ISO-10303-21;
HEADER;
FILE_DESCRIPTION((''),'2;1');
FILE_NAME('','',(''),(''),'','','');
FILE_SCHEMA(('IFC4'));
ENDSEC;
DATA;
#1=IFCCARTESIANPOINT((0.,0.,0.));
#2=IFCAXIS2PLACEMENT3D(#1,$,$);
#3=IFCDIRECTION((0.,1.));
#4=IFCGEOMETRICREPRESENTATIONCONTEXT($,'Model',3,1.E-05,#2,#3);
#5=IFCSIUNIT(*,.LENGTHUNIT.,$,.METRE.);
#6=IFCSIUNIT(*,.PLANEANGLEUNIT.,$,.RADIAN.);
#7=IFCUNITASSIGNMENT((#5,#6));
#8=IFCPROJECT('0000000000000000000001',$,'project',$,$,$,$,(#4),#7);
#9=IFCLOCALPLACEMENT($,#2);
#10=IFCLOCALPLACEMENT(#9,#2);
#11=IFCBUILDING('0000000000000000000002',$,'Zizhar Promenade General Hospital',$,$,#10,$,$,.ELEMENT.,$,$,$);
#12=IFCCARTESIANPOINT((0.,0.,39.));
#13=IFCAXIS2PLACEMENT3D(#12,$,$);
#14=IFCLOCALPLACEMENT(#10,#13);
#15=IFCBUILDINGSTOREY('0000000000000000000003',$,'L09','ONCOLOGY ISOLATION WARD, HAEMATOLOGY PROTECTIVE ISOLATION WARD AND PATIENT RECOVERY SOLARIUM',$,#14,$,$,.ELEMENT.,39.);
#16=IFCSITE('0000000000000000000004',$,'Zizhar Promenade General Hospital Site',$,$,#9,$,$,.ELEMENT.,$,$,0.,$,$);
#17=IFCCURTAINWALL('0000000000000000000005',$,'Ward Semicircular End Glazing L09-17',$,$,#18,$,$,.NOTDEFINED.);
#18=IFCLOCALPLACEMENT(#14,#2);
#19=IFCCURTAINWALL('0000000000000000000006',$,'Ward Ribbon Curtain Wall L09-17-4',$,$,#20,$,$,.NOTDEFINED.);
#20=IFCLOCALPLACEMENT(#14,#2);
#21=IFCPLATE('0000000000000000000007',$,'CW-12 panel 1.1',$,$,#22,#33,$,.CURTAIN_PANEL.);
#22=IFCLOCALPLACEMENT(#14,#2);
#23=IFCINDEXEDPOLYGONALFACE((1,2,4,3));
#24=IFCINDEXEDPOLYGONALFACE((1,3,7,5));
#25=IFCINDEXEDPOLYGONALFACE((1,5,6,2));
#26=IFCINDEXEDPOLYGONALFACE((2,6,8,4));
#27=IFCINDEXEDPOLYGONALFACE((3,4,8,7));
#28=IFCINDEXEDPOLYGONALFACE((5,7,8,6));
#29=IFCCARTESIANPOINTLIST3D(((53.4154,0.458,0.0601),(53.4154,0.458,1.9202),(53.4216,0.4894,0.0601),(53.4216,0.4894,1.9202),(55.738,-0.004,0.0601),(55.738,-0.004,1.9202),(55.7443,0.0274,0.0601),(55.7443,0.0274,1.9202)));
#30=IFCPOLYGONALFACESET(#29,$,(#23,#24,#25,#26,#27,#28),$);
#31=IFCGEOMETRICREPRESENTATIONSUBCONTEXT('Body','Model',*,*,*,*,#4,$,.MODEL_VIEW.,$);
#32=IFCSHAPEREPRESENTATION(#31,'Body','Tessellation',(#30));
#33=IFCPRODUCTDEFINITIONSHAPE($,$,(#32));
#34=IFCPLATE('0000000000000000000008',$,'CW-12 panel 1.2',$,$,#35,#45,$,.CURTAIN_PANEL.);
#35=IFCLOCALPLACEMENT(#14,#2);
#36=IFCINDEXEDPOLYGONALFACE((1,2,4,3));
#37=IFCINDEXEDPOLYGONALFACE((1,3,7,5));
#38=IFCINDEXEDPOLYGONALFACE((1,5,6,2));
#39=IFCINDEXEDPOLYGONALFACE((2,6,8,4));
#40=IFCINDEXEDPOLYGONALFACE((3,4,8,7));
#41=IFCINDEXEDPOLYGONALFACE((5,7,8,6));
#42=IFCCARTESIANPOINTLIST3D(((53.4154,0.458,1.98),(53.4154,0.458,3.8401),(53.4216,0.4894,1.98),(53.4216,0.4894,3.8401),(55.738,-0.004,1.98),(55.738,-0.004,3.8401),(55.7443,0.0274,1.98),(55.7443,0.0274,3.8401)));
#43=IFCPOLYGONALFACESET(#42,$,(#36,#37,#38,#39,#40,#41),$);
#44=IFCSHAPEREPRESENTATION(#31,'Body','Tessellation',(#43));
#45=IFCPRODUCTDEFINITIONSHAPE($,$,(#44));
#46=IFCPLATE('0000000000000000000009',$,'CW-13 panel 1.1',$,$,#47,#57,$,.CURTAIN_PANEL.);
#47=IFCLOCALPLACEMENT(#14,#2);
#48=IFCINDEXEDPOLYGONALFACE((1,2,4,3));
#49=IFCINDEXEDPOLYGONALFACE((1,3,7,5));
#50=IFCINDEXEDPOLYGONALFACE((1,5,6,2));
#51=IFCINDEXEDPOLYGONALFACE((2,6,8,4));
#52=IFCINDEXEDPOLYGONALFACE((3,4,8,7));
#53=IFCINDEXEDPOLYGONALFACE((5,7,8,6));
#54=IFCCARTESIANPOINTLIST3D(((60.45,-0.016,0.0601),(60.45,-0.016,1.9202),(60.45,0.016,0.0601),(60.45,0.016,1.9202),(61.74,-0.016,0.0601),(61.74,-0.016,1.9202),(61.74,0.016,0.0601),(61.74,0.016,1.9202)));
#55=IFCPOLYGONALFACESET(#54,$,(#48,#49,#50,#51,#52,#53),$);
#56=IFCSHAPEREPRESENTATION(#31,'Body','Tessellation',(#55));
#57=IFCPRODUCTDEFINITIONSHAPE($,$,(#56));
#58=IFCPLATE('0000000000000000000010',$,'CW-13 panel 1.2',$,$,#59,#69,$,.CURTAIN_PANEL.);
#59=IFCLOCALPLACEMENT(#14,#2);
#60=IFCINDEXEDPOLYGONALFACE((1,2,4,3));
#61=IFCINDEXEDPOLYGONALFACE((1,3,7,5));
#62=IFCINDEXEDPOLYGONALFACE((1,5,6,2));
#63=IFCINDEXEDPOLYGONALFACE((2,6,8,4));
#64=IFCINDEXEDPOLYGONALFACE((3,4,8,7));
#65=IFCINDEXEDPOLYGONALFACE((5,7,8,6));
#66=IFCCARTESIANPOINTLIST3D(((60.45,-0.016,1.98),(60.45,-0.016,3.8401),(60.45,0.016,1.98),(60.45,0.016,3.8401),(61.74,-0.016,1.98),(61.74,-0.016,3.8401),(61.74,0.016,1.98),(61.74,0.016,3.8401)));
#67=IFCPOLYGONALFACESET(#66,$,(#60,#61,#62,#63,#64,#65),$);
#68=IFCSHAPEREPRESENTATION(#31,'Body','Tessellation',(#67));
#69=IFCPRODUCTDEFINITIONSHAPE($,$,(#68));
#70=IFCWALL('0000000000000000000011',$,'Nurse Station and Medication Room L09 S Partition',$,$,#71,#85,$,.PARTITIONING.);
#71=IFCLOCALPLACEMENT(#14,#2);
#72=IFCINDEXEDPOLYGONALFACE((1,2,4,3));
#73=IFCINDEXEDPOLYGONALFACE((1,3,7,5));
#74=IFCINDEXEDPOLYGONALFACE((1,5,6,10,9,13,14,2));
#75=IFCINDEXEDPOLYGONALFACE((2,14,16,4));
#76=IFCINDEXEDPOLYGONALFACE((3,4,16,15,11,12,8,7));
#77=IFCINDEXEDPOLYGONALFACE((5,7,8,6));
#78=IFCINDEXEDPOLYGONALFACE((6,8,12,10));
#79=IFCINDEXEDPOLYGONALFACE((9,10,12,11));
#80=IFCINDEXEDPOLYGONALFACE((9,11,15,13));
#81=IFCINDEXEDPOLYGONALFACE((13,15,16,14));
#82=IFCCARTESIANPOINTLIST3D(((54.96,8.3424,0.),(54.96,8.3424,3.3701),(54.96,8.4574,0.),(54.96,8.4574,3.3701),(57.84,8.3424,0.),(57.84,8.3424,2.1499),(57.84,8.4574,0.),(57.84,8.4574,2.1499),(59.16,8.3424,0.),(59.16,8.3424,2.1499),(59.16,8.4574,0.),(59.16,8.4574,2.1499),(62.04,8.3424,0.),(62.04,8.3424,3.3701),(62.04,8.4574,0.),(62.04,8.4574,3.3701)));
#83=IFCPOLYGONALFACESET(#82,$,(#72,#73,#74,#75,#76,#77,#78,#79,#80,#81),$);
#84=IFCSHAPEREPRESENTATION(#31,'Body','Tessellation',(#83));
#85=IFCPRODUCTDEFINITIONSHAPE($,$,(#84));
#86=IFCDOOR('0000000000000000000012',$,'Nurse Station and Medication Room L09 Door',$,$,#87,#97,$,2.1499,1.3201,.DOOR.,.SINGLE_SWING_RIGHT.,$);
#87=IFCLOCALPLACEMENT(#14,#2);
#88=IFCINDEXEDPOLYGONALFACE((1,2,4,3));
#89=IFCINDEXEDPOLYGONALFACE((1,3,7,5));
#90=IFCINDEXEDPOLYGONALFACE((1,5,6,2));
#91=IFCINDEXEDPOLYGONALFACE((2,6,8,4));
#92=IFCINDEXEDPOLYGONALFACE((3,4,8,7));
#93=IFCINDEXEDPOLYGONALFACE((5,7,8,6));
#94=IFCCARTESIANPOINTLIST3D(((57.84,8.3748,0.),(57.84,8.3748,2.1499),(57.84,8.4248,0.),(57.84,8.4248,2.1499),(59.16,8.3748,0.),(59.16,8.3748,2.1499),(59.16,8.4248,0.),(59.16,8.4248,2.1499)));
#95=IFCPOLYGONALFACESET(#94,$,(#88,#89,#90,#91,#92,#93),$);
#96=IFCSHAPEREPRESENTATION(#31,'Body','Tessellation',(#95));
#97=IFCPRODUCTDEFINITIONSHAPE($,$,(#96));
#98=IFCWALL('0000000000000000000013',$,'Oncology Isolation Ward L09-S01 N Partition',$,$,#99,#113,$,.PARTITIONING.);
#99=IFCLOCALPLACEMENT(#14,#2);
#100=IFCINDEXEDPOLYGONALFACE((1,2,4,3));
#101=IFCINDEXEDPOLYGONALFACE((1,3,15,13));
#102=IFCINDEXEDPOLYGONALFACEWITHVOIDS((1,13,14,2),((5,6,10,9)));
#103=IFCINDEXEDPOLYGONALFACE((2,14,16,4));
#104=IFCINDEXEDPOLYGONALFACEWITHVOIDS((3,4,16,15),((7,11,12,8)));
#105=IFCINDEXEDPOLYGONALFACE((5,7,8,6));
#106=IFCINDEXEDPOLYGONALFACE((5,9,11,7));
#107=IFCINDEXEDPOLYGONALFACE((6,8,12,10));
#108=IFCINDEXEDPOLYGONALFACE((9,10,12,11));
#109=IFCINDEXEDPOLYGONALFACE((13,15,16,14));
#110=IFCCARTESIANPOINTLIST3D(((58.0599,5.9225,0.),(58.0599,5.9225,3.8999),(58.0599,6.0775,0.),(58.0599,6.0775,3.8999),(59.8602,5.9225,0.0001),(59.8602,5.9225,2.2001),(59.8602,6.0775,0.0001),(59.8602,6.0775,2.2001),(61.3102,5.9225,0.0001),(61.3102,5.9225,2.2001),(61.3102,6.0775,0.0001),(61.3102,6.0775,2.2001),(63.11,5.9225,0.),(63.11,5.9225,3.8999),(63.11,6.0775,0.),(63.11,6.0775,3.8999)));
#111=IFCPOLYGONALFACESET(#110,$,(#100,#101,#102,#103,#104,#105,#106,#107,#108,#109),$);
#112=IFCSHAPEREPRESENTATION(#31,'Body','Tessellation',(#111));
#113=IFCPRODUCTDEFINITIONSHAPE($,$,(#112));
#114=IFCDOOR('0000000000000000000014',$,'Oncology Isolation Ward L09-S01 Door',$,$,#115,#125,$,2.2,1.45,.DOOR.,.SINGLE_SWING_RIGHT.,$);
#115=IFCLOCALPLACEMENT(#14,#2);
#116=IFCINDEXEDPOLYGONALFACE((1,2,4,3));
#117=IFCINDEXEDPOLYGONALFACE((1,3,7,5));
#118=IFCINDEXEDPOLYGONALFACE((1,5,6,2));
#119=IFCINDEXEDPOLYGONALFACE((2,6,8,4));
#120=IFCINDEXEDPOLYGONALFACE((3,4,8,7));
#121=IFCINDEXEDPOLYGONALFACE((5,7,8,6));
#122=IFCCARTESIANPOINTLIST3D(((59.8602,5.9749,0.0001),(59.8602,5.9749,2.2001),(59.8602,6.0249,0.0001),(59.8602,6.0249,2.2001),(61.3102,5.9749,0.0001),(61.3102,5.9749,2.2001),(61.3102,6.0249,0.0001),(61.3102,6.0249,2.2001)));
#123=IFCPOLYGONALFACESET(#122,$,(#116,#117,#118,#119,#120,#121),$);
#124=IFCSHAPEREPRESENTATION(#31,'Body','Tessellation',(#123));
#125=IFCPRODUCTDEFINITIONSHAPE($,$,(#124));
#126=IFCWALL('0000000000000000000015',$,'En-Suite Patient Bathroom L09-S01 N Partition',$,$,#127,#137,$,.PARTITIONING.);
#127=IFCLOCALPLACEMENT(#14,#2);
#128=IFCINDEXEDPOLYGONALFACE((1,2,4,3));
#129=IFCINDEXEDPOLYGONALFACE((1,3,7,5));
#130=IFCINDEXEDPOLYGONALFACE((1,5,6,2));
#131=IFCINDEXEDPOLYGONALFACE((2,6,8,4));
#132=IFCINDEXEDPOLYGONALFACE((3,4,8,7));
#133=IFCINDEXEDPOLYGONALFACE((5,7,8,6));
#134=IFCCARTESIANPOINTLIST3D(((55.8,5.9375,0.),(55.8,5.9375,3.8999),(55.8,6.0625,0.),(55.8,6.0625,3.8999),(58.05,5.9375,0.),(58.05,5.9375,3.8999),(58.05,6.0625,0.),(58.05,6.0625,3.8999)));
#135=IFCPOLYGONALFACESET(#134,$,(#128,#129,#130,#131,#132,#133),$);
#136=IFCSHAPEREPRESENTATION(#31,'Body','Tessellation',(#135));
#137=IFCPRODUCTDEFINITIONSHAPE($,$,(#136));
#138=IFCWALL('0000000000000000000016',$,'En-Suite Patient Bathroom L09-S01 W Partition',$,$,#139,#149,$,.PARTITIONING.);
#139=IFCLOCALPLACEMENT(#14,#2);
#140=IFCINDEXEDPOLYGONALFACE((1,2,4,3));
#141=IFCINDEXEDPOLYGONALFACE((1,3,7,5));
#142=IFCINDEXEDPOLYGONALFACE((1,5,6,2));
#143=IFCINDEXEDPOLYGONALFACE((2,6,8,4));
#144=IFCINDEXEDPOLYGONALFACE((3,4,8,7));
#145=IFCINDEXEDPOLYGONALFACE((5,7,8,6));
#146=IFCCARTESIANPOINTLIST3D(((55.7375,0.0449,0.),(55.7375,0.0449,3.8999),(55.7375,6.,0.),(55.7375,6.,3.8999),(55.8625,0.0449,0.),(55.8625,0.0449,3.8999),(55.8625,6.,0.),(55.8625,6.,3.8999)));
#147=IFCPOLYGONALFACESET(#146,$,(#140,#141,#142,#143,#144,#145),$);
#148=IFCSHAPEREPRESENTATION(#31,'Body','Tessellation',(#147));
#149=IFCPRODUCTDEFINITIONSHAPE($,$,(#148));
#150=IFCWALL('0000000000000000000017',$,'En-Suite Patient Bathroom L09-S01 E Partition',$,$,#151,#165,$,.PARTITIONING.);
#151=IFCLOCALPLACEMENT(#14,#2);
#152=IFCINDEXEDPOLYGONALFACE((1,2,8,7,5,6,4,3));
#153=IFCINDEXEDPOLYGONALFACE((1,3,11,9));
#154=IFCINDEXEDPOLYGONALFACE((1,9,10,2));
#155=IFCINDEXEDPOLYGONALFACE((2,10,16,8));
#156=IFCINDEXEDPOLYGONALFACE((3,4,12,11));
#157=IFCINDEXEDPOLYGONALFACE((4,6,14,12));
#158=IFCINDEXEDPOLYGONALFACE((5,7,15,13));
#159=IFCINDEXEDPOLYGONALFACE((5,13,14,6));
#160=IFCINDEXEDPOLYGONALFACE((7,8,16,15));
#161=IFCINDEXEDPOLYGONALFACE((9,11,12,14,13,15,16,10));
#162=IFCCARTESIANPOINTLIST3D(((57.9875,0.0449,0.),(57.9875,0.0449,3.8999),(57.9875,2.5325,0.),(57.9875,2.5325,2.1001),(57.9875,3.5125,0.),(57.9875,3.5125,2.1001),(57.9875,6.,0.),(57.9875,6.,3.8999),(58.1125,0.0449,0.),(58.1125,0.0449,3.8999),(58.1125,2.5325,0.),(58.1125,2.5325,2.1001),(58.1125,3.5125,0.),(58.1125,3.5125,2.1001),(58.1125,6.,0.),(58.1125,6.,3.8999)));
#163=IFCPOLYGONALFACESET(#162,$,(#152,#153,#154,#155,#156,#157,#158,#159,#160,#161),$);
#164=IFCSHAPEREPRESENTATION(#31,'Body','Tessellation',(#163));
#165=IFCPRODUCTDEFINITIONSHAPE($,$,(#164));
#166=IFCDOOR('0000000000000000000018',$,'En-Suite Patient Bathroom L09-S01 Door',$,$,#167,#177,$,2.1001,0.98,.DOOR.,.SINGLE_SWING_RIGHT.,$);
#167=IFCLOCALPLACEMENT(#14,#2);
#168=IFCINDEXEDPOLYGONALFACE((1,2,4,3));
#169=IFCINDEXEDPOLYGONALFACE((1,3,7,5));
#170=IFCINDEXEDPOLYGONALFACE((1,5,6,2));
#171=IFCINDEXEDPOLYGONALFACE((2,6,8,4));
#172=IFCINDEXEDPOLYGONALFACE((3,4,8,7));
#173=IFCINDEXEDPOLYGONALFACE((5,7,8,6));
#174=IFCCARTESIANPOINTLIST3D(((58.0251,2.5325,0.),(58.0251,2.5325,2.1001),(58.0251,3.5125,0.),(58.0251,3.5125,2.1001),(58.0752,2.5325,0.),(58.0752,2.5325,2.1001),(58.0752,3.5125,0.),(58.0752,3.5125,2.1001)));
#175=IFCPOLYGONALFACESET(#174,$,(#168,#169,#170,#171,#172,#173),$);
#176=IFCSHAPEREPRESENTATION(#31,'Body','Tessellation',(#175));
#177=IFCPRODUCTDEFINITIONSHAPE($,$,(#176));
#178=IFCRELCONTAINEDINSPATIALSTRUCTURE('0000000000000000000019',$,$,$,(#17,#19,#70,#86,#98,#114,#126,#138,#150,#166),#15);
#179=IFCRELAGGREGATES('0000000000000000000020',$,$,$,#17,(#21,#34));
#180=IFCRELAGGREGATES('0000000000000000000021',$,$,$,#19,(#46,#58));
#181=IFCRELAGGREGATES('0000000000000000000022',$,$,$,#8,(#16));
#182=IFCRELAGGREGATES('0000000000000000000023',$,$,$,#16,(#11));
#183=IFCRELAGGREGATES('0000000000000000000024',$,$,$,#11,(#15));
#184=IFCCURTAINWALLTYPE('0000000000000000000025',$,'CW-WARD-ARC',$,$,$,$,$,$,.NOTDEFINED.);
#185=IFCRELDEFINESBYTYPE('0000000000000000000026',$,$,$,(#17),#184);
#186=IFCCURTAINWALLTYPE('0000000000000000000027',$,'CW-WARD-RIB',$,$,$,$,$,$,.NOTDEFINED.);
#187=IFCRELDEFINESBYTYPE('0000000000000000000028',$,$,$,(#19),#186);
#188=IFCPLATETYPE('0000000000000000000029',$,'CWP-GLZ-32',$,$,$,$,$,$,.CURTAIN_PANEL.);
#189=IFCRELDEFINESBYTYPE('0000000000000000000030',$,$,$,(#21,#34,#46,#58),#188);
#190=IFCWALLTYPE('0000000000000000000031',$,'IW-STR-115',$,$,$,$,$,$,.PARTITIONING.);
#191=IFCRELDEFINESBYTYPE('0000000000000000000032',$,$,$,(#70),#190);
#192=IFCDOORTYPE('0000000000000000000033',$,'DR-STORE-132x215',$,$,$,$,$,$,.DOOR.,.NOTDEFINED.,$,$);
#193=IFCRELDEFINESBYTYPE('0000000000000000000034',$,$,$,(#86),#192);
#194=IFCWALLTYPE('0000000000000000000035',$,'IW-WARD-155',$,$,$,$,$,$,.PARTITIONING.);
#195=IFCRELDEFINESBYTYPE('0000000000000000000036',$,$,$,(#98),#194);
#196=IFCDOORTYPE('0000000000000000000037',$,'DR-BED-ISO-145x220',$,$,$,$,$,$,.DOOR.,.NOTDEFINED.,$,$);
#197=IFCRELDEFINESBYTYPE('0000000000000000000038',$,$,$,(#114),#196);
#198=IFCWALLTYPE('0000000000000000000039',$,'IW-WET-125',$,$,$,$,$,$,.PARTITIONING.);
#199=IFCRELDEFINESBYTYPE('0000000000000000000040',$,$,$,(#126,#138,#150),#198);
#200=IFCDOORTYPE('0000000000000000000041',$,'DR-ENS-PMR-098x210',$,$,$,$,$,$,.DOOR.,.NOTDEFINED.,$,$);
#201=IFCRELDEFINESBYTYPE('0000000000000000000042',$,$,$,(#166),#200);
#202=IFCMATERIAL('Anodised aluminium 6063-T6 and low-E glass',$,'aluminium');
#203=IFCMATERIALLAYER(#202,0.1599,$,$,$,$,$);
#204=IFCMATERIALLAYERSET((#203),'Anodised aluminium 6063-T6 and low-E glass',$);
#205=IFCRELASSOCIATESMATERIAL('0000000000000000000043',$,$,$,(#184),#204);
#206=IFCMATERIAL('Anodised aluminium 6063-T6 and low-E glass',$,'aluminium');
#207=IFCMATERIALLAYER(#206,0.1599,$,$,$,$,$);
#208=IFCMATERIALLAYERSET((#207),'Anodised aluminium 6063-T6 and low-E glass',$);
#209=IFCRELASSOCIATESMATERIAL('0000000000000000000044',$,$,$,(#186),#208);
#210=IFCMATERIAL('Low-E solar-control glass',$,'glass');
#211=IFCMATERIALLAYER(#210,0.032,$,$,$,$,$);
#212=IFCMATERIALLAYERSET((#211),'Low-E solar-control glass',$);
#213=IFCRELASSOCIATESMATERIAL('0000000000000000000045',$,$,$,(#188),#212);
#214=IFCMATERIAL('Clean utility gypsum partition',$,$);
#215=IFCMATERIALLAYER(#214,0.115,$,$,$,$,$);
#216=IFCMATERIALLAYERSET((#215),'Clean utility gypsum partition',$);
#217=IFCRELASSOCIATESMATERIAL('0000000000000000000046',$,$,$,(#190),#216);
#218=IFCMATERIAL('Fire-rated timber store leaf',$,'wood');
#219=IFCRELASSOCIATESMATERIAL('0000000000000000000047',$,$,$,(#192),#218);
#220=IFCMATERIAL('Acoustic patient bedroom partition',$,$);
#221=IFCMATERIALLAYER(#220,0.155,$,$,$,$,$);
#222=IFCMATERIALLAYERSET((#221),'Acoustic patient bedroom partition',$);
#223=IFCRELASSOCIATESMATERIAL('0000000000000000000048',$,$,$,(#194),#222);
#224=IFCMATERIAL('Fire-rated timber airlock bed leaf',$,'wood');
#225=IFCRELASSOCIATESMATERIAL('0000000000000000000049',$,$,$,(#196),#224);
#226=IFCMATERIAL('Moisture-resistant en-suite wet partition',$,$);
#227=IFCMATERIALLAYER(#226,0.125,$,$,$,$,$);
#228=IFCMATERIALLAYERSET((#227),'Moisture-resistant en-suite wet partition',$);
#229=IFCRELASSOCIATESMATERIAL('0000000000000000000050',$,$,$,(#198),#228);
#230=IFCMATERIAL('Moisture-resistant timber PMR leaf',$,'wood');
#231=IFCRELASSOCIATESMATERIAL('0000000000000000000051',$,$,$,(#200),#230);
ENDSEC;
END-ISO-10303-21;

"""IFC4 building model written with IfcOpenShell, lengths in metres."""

from ifc_helpers import new_model, si_unit, direction, frame, frame_2d, origin, origin_2d, place, context, subcontext, project, spatial, rectangle, extrude, material, layer, layer_set, type_object, element, fill, aggregate, save


model = new_model("IFC4")

# Units and contexts
model_context = context("Model", 3, precision=1e-05, world=origin(), true_north=direction((0.0, 1.0)))
body_context = subcontext(model_context, "Body", "Model", "MODEL_VIEW")
ifc_project = project(units=[si_unit("LENGTHUNIT", "METRE"), si_unit("PLANEANGLEUNIT", "RADIAN")], contexts=[model_context])

# Site, building, storey
site_placement = place(None, origin())
site = spatial("IfcSite", under=ifc_project, at=site_placement, Name="Zizhar Promenade General Hospital Site", CompositionType="ELEMENT", RefElevation=0.0)
building_placement = place(site_placement, origin())
building = spatial("IfcBuilding", under=site, at=building_placement, Name="Zizhar Promenade General Hospital", CompositionType="ELEMENT")
storey_placement = place(building_placement, frame((0.0, 0.0, 39.0)))
storey = spatial("IfcBuildingStorey", under=building, at=storey_placement, Name="L09", Description="ONCOLOGY ISOLATION WARD, HAEMATOLOGY PROTECTIVE ISOLATION WARD AND PATIENT RECOVERY SOLARIUM", CompositionType="ELEMENT", Elevation=39.0)

# Curtain walls
ifc_material_1 = material(Name="Anodised aluminium 6063-T6 and low-E glass", Category="aluminium")
ifc_layer_1 = layer(ifc_material_1, 0.1599)
ifc_layer_set_1 = layer_set([ifc_layer_1], Name="Anodised aluminium 6063-T6 and low-E glass")
curtain_wall_type_1 = type_object("IfcCurtainWallType", Name="CW-WARD-ARC", PredefinedType="NOTDEFINED", material=ifc_layer_set_1)
curtain_wall_1_placement = place(storey_placement, origin())
curtain_wall_1 = element("IfcCurtainWall", 1, at=curtain_wall_1_placement, inside=storey, type_object=curtain_wall_type_1, Name="Ward Semicircular End Glazing L09-17", PredefinedType="NOTDEFINED")
ifc_material_2 = material(Name="Anodised aluminium 6063-T6 and low-E glass", Category="aluminium")
ifc_layer_2 = layer(ifc_material_2, 0.1599)
ifc_layer_set_2 = layer_set([ifc_layer_2], Name="Anodised aluminium 6063-T6 and low-E glass")
curtain_wall_type_2 = type_object("IfcCurtainWallType", Name="CW-WARD-RIB", PredefinedType="NOTDEFINED", material=ifc_layer_set_2)
curtain_wall_2_placement = place(storey_placement, origin())
curtain_wall_2 = element("IfcCurtainWall", 2, at=curtain_wall_2_placement, inside=storey, type_object=curtain_wall_type_2, Name="Ward Ribbon Curtain Wall L09-17-4", PredefinedType="NOTDEFINED")

# Plates
ifc_material_3 = material(Name="Low-E solar-control glass", Category="glass")
ifc_layer_3 = layer(ifc_material_3, 0.032)
ifc_layer_set_3 = layer_set([ifc_layer_3], Name="Low-E solar-control glass")
plate_type = type_object("IfcPlateType", Name="CWP-GLZ-32", PredefinedType="CURTAIN_PANEL", material=ifc_layer_set_3)
plate_1_placement = place(storey_placement, frame((54.5798, 0.2427, 0.0601), z_axis=(0.0, 0.0, 1.0), x_axis=(-0.980786, 0.195087, 0.0)))
plate_1 = element("IfcPlate", 3, at=plate_1_placement, type_object=plate_type, Name="CW-12 panel 1.1", PredefinedType="CURTAIN_PANEL", context=body_context, shape_type="SweptSolid", body=[
    extrude(rectangle(XDim=2.3682, YDim=0.032, at=origin_2d()), origin(), (0.0, 0.0, 1.0), 1.8601),
])
plate_2_placement = place(storey_placement, frame((54.5798, 0.2427, 1.98), z_axis=(0.0, 0.0, 1.0), x_axis=(-0.980786, 0.195087, 0.0)))
plate_2 = element("IfcPlate", 4, at=plate_2_placement, type_object=plate_type, Name="CW-12 panel 1.2", PredefinedType="CURTAIN_PANEL", context=body_context, shape_type="SweptSolid", body=[
    extrude(rectangle(XDim=2.3682, YDim=0.032, at=origin_2d()), origin(), (0.0, 0.0, 1.0), 1.8601),
])
aggregate(curtain_wall_1, [plate_1, plate_2])
plate_3_placement = place(storey_placement, frame((61.095, 0.0, 0.0601), z_axis=(0.0, 0.0, 1.0), x_axis=(-1.0, 0.0, 0.0)))
plate_3 = element("IfcPlate", 5, at=plate_3_placement, type_object=plate_type, Name="CW-13 panel 1.1", PredefinedType="CURTAIN_PANEL", context=body_context, shape_type="SweptSolid", body=[
    extrude(rectangle(XDim=1.29, YDim=0.032, at=origin_2d()), origin(), (0.0, 0.0, 1.0), 1.8601),
])
plate_4_placement = place(storey_placement, frame((61.095, 0.0, 1.98), z_axis=(0.0, 0.0, 1.0), x_axis=(-1.0, 0.0, 0.0)))
plate_4 = element("IfcPlate", 6, at=plate_4_placement, type_object=plate_type, Name="CW-13 panel 1.2", PredefinedType="CURTAIN_PANEL", context=body_context, shape_type="SweptSolid", body=[
    extrude(rectangle(XDim=1.29, YDim=0.032, at=origin_2d()), origin(), (0.0, 0.0, 1.0), 1.8601),
])
aggregate(curtain_wall_2, [plate_3, plate_4])

# Walls, openings, doors
ifc_material_4 = material(Name="Clean utility gypsum partition")
ifc_layer_4 = layer(ifc_material_4, 0.115)
ifc_layer_set_4 = layer_set([ifc_layer_4], Name="Clean utility gypsum partition")
wall_type_1 = type_object("IfcWallType", Name="IW-STR-115", PredefinedType="PARTITIONING", material=ifc_layer_set_4)
wall_1_placement = place(storey_placement, frame((54.96, 8.3999, 0.0), z_axis=(0.0, 0.0, 1.0), x_axis=(1.0, 0.0, 0.0)))
wall_1 = element("IfcWall", 7, at=wall_1_placement, inside=storey, type_object=wall_type_1, Name="Nurse Station and Medication Room L09 S Partition", PredefinedType="PARTITIONING", context=body_context, shape_type="SweptSolid", body=[
    extrude(rectangle(XDim=7.0801, YDim=0.115, at=frame_2d((3.54, 0.0))), origin(), (0.0, 0.0, 1.0), 3.3701),
])
opening_1_placement = place(wall_1_placement, frame((2.8799, 0.0, 0.0)))
opening_1 = element("IfcOpeningElement", 8, at=opening_1_placement, cuts=wall_1, PredefinedType="OPENING", context=body_context, shape_type="SweptSolid", body=[
    extrude(rectangle(XDim=1.3201, YDim=2.1499, at=frame_2d((0.6602, 1.075))), frame((0.0, 0.0674, 0.0), z_axis=(0.0, -1.0, 0.0), x_axis=(1.0, 0.0, 0.0)), (0.0, 0.0, 1.0), 0.135),
])
ifc_material_5 = material(Name="Fire-rated timber store leaf", Category="wood")
door_type_1 = type_object("IfcDoorType", Name="DR-STORE-132x215", OperationType="NOTDEFINED", PredefinedType="DOOR", material=ifc_material_5)
door_1_placement = place(opening_1_placement, origin())
door_1 = element("IfcDoor", 9, at=door_1_placement, inside=storey, type_object=door_type_1, Name="Nurse Station and Medication Room L09 Door", OperationType="SINGLE_SWING_RIGHT", OverallHeight=2.1499, OverallWidth=1.3201, PredefinedType="DOOR", context=body_context, shape_type="SweptSolid", body=[
    extrude(rectangle(XDim=1.3201, YDim=2.1499, at=frame_2d((0.6602, 1.075))), frame((0.0, 0.0249, 0.0), z_axis=(0.0, -1.0, 0.0), x_axis=(1.0, 0.0, 0.0)), (0.0, 0.0, 1.0), 0.05),
])
fill(opening_1, door_1)
ifc_material_6 = material(Name="Acoustic patient bedroom partition")
ifc_layer_5 = layer(ifc_material_6, 0.155)
ifc_layer_set_5 = layer_set([ifc_layer_5], Name="Acoustic patient bedroom partition")
wall_type_2 = type_object("IfcWallType", Name="IW-WARD-155", PredefinedType="PARTITIONING", material=ifc_layer_set_5)
wall_2_placement = place(storey_placement, frame((58.0601, 6.0, 0.0), z_axis=(0.0, 0.0, 1.0), x_axis=(1.0, 0.0, 0.0)))
wall_2 = element("IfcWall", 10, at=wall_2_placement, inside=storey, type_object=wall_type_2, Name="Oncology Isolation Ward L09-S01 N Partition", PredefinedType="PARTITIONING", context=body_context, shape_type="SweptSolid", body=[
    extrude(rectangle(XDim=5.05, YDim=0.155, at=frame_2d((2.5249, 0.0))), origin(), (0.0, 0.0, 1.0), 3.8999),
])
opening_2_placement = place(wall_2_placement, frame((1.8, 0.0, 0.0)))
opening_2 = element("IfcOpeningElement", 11, at=opening_2_placement, cuts=wall_2, PredefinedType="OPENING", context=body_context, shape_type="SweptSolid", body=[
    extrude(rectangle(XDim=1.45, YDim=2.2, at=frame_2d((0.7251, 1.1001))), frame((0.0, 0.0874, 0.0), z_axis=(0.0, -1.0, 0.0), x_axis=(1.0, 0.0, 0.0)), (0.0, 0.0, 1.0), 0.175),
])
ifc_material_7 = material(Name="Fire-rated timber airlock bed leaf", Category="wood")
door_type_2 = type_object("IfcDoorType", Name="DR-BED-ISO-145x220", OperationType="NOTDEFINED", PredefinedType="DOOR", material=ifc_material_7)
door_2_placement = place(opening_2_placement, origin())
door_2 = element("IfcDoor", 12, at=door_2_placement, inside=storey, type_object=door_type_2, Name="Oncology Isolation Ward L09-S01 Door", OperationType="SINGLE_SWING_RIGHT", OverallHeight=2.2, OverallWidth=1.45, PredefinedType="DOOR", context=body_context, shape_type="SweptSolid", body=[
    extrude(rectangle(XDim=1.45, YDim=2.2, at=frame_2d((0.7251, 1.1001))), frame((0.0, 0.0249, 0.0), z_axis=(0.0, -1.0, 0.0), x_axis=(1.0, 0.0, 0.0)), (0.0, 0.0, 1.0), 0.05),
])
fill(opening_2, door_2)

# Walls
ifc_material_8 = material(Name="Moisture-resistant en-suite wet partition")
ifc_layer_6 = layer(ifc_material_8, 0.125)
ifc_layer_set_6 = layer_set([ifc_layer_6], Name="Moisture-resistant en-suite wet partition")
wall_type_3 = type_object("IfcWallType", Name="IW-WET-125", PredefinedType="PARTITIONING", material=ifc_layer_set_6)
wall_3_placement = place(storey_placement, frame((55.8, 6.0, 0.0), z_axis=(0.0, 0.0, 1.0), x_axis=(1.0, 0.0, 0.0)))
element("IfcWall", 13, at=wall_3_placement, inside=storey, type_object=wall_type_3, Name="En-Suite Patient Bathroom L09-S01 N Partition", PredefinedType="PARTITIONING", context=body_context, shape_type="SweptSolid", body=[
    extrude(rectangle(XDim=2.25, YDim=0.125, at=frame_2d((1.125, 0.0))), origin(), (0.0, 0.0, 1.0), 3.8999),
])
wall_4_placement = place(storey_placement, frame((55.8, 0.0449, 0.0), z_axis=(0.0, 0.0, 1.0), x_axis=(0.0, 1.0, 0.0)))
element("IfcWall", 14, at=wall_4_placement, inside=storey, type_object=wall_type_3, Name="En-Suite Patient Bathroom L09-S01 W Partition", PredefinedType="PARTITIONING", context=body_context, shape_type="SweptSolid", body=[
    extrude(rectangle(XDim=5.9551, YDim=0.125, at=frame_2d((2.9775, 0.0))), origin(), (0.0, 0.0, 1.0), 3.8999),
])

# Wall, opening, door
wall_5_placement = place(storey_placement, frame((58.05, 0.0449, 0.0), z_axis=(0.0, 0.0, 1.0), x_axis=(0.0, 1.0, 0.0)))
wall_5 = element("IfcWall", 15, at=wall_5_placement, inside=storey, type_object=wall_type_3, Name="En-Suite Patient Bathroom L09-S01 E Partition", PredefinedType="PARTITIONING", context=body_context, shape_type="SweptSolid", body=[
    extrude(rectangle(XDim=5.9551, YDim=0.125, at=frame_2d((2.9775, 0.0))), origin(), (0.0, 0.0, 1.0), 3.8999),
])
opening_3_placement = place(wall_5_placement, frame((2.4875, 0.0, 0.0)))
opening_3 = element("IfcOpeningElement", 16, at=opening_3_placement, cuts=wall_5, PredefinedType="OPENING", context=body_context, shape_type="SweptSolid", body=[
    extrude(rectangle(XDim=0.98, YDim=2.1001, at=frame_2d((0.49, 1.05))), frame((0.0, 0.0725, 0.0), z_axis=(0.0, -1.0, 0.0), x_axis=(1.0, 0.0, 0.0)), (0.0, 0.0, 1.0), 0.145),
])
ifc_material_9 = material(Name="Moisture-resistant timber PMR leaf", Category="wood")
door_type_3 = type_object("IfcDoorType", Name="DR-ENS-PMR-098x210", OperationType="NOTDEFINED", PredefinedType="DOOR", material=ifc_material_9)
door_3_placement = place(opening_3_placement, origin())
door_3 = element("IfcDoor", 17, at=door_3_placement, inside=storey, type_object=door_type_3, Name="En-Suite Patient Bathroom L09-S01 Door", OperationType="SINGLE_SWING_RIGHT", OverallHeight=2.1001, OverallWidth=0.98, PredefinedType="DOOR", context=body_context, shape_type="SweptSolid", body=[
    extrude(rectangle(XDim=0.98, YDim=2.1001, at=frame_2d((0.49, 1.05))), frame((0.0, 0.0249, 0.0), z_axis=(0.0, -1.0, 0.0), x_axis=(1.0, 0.0, 0.0)), (0.0, 0.0, 1.0), 0.05),
])
fill(opening_3, door_3)

save(model, "model.ifc")
